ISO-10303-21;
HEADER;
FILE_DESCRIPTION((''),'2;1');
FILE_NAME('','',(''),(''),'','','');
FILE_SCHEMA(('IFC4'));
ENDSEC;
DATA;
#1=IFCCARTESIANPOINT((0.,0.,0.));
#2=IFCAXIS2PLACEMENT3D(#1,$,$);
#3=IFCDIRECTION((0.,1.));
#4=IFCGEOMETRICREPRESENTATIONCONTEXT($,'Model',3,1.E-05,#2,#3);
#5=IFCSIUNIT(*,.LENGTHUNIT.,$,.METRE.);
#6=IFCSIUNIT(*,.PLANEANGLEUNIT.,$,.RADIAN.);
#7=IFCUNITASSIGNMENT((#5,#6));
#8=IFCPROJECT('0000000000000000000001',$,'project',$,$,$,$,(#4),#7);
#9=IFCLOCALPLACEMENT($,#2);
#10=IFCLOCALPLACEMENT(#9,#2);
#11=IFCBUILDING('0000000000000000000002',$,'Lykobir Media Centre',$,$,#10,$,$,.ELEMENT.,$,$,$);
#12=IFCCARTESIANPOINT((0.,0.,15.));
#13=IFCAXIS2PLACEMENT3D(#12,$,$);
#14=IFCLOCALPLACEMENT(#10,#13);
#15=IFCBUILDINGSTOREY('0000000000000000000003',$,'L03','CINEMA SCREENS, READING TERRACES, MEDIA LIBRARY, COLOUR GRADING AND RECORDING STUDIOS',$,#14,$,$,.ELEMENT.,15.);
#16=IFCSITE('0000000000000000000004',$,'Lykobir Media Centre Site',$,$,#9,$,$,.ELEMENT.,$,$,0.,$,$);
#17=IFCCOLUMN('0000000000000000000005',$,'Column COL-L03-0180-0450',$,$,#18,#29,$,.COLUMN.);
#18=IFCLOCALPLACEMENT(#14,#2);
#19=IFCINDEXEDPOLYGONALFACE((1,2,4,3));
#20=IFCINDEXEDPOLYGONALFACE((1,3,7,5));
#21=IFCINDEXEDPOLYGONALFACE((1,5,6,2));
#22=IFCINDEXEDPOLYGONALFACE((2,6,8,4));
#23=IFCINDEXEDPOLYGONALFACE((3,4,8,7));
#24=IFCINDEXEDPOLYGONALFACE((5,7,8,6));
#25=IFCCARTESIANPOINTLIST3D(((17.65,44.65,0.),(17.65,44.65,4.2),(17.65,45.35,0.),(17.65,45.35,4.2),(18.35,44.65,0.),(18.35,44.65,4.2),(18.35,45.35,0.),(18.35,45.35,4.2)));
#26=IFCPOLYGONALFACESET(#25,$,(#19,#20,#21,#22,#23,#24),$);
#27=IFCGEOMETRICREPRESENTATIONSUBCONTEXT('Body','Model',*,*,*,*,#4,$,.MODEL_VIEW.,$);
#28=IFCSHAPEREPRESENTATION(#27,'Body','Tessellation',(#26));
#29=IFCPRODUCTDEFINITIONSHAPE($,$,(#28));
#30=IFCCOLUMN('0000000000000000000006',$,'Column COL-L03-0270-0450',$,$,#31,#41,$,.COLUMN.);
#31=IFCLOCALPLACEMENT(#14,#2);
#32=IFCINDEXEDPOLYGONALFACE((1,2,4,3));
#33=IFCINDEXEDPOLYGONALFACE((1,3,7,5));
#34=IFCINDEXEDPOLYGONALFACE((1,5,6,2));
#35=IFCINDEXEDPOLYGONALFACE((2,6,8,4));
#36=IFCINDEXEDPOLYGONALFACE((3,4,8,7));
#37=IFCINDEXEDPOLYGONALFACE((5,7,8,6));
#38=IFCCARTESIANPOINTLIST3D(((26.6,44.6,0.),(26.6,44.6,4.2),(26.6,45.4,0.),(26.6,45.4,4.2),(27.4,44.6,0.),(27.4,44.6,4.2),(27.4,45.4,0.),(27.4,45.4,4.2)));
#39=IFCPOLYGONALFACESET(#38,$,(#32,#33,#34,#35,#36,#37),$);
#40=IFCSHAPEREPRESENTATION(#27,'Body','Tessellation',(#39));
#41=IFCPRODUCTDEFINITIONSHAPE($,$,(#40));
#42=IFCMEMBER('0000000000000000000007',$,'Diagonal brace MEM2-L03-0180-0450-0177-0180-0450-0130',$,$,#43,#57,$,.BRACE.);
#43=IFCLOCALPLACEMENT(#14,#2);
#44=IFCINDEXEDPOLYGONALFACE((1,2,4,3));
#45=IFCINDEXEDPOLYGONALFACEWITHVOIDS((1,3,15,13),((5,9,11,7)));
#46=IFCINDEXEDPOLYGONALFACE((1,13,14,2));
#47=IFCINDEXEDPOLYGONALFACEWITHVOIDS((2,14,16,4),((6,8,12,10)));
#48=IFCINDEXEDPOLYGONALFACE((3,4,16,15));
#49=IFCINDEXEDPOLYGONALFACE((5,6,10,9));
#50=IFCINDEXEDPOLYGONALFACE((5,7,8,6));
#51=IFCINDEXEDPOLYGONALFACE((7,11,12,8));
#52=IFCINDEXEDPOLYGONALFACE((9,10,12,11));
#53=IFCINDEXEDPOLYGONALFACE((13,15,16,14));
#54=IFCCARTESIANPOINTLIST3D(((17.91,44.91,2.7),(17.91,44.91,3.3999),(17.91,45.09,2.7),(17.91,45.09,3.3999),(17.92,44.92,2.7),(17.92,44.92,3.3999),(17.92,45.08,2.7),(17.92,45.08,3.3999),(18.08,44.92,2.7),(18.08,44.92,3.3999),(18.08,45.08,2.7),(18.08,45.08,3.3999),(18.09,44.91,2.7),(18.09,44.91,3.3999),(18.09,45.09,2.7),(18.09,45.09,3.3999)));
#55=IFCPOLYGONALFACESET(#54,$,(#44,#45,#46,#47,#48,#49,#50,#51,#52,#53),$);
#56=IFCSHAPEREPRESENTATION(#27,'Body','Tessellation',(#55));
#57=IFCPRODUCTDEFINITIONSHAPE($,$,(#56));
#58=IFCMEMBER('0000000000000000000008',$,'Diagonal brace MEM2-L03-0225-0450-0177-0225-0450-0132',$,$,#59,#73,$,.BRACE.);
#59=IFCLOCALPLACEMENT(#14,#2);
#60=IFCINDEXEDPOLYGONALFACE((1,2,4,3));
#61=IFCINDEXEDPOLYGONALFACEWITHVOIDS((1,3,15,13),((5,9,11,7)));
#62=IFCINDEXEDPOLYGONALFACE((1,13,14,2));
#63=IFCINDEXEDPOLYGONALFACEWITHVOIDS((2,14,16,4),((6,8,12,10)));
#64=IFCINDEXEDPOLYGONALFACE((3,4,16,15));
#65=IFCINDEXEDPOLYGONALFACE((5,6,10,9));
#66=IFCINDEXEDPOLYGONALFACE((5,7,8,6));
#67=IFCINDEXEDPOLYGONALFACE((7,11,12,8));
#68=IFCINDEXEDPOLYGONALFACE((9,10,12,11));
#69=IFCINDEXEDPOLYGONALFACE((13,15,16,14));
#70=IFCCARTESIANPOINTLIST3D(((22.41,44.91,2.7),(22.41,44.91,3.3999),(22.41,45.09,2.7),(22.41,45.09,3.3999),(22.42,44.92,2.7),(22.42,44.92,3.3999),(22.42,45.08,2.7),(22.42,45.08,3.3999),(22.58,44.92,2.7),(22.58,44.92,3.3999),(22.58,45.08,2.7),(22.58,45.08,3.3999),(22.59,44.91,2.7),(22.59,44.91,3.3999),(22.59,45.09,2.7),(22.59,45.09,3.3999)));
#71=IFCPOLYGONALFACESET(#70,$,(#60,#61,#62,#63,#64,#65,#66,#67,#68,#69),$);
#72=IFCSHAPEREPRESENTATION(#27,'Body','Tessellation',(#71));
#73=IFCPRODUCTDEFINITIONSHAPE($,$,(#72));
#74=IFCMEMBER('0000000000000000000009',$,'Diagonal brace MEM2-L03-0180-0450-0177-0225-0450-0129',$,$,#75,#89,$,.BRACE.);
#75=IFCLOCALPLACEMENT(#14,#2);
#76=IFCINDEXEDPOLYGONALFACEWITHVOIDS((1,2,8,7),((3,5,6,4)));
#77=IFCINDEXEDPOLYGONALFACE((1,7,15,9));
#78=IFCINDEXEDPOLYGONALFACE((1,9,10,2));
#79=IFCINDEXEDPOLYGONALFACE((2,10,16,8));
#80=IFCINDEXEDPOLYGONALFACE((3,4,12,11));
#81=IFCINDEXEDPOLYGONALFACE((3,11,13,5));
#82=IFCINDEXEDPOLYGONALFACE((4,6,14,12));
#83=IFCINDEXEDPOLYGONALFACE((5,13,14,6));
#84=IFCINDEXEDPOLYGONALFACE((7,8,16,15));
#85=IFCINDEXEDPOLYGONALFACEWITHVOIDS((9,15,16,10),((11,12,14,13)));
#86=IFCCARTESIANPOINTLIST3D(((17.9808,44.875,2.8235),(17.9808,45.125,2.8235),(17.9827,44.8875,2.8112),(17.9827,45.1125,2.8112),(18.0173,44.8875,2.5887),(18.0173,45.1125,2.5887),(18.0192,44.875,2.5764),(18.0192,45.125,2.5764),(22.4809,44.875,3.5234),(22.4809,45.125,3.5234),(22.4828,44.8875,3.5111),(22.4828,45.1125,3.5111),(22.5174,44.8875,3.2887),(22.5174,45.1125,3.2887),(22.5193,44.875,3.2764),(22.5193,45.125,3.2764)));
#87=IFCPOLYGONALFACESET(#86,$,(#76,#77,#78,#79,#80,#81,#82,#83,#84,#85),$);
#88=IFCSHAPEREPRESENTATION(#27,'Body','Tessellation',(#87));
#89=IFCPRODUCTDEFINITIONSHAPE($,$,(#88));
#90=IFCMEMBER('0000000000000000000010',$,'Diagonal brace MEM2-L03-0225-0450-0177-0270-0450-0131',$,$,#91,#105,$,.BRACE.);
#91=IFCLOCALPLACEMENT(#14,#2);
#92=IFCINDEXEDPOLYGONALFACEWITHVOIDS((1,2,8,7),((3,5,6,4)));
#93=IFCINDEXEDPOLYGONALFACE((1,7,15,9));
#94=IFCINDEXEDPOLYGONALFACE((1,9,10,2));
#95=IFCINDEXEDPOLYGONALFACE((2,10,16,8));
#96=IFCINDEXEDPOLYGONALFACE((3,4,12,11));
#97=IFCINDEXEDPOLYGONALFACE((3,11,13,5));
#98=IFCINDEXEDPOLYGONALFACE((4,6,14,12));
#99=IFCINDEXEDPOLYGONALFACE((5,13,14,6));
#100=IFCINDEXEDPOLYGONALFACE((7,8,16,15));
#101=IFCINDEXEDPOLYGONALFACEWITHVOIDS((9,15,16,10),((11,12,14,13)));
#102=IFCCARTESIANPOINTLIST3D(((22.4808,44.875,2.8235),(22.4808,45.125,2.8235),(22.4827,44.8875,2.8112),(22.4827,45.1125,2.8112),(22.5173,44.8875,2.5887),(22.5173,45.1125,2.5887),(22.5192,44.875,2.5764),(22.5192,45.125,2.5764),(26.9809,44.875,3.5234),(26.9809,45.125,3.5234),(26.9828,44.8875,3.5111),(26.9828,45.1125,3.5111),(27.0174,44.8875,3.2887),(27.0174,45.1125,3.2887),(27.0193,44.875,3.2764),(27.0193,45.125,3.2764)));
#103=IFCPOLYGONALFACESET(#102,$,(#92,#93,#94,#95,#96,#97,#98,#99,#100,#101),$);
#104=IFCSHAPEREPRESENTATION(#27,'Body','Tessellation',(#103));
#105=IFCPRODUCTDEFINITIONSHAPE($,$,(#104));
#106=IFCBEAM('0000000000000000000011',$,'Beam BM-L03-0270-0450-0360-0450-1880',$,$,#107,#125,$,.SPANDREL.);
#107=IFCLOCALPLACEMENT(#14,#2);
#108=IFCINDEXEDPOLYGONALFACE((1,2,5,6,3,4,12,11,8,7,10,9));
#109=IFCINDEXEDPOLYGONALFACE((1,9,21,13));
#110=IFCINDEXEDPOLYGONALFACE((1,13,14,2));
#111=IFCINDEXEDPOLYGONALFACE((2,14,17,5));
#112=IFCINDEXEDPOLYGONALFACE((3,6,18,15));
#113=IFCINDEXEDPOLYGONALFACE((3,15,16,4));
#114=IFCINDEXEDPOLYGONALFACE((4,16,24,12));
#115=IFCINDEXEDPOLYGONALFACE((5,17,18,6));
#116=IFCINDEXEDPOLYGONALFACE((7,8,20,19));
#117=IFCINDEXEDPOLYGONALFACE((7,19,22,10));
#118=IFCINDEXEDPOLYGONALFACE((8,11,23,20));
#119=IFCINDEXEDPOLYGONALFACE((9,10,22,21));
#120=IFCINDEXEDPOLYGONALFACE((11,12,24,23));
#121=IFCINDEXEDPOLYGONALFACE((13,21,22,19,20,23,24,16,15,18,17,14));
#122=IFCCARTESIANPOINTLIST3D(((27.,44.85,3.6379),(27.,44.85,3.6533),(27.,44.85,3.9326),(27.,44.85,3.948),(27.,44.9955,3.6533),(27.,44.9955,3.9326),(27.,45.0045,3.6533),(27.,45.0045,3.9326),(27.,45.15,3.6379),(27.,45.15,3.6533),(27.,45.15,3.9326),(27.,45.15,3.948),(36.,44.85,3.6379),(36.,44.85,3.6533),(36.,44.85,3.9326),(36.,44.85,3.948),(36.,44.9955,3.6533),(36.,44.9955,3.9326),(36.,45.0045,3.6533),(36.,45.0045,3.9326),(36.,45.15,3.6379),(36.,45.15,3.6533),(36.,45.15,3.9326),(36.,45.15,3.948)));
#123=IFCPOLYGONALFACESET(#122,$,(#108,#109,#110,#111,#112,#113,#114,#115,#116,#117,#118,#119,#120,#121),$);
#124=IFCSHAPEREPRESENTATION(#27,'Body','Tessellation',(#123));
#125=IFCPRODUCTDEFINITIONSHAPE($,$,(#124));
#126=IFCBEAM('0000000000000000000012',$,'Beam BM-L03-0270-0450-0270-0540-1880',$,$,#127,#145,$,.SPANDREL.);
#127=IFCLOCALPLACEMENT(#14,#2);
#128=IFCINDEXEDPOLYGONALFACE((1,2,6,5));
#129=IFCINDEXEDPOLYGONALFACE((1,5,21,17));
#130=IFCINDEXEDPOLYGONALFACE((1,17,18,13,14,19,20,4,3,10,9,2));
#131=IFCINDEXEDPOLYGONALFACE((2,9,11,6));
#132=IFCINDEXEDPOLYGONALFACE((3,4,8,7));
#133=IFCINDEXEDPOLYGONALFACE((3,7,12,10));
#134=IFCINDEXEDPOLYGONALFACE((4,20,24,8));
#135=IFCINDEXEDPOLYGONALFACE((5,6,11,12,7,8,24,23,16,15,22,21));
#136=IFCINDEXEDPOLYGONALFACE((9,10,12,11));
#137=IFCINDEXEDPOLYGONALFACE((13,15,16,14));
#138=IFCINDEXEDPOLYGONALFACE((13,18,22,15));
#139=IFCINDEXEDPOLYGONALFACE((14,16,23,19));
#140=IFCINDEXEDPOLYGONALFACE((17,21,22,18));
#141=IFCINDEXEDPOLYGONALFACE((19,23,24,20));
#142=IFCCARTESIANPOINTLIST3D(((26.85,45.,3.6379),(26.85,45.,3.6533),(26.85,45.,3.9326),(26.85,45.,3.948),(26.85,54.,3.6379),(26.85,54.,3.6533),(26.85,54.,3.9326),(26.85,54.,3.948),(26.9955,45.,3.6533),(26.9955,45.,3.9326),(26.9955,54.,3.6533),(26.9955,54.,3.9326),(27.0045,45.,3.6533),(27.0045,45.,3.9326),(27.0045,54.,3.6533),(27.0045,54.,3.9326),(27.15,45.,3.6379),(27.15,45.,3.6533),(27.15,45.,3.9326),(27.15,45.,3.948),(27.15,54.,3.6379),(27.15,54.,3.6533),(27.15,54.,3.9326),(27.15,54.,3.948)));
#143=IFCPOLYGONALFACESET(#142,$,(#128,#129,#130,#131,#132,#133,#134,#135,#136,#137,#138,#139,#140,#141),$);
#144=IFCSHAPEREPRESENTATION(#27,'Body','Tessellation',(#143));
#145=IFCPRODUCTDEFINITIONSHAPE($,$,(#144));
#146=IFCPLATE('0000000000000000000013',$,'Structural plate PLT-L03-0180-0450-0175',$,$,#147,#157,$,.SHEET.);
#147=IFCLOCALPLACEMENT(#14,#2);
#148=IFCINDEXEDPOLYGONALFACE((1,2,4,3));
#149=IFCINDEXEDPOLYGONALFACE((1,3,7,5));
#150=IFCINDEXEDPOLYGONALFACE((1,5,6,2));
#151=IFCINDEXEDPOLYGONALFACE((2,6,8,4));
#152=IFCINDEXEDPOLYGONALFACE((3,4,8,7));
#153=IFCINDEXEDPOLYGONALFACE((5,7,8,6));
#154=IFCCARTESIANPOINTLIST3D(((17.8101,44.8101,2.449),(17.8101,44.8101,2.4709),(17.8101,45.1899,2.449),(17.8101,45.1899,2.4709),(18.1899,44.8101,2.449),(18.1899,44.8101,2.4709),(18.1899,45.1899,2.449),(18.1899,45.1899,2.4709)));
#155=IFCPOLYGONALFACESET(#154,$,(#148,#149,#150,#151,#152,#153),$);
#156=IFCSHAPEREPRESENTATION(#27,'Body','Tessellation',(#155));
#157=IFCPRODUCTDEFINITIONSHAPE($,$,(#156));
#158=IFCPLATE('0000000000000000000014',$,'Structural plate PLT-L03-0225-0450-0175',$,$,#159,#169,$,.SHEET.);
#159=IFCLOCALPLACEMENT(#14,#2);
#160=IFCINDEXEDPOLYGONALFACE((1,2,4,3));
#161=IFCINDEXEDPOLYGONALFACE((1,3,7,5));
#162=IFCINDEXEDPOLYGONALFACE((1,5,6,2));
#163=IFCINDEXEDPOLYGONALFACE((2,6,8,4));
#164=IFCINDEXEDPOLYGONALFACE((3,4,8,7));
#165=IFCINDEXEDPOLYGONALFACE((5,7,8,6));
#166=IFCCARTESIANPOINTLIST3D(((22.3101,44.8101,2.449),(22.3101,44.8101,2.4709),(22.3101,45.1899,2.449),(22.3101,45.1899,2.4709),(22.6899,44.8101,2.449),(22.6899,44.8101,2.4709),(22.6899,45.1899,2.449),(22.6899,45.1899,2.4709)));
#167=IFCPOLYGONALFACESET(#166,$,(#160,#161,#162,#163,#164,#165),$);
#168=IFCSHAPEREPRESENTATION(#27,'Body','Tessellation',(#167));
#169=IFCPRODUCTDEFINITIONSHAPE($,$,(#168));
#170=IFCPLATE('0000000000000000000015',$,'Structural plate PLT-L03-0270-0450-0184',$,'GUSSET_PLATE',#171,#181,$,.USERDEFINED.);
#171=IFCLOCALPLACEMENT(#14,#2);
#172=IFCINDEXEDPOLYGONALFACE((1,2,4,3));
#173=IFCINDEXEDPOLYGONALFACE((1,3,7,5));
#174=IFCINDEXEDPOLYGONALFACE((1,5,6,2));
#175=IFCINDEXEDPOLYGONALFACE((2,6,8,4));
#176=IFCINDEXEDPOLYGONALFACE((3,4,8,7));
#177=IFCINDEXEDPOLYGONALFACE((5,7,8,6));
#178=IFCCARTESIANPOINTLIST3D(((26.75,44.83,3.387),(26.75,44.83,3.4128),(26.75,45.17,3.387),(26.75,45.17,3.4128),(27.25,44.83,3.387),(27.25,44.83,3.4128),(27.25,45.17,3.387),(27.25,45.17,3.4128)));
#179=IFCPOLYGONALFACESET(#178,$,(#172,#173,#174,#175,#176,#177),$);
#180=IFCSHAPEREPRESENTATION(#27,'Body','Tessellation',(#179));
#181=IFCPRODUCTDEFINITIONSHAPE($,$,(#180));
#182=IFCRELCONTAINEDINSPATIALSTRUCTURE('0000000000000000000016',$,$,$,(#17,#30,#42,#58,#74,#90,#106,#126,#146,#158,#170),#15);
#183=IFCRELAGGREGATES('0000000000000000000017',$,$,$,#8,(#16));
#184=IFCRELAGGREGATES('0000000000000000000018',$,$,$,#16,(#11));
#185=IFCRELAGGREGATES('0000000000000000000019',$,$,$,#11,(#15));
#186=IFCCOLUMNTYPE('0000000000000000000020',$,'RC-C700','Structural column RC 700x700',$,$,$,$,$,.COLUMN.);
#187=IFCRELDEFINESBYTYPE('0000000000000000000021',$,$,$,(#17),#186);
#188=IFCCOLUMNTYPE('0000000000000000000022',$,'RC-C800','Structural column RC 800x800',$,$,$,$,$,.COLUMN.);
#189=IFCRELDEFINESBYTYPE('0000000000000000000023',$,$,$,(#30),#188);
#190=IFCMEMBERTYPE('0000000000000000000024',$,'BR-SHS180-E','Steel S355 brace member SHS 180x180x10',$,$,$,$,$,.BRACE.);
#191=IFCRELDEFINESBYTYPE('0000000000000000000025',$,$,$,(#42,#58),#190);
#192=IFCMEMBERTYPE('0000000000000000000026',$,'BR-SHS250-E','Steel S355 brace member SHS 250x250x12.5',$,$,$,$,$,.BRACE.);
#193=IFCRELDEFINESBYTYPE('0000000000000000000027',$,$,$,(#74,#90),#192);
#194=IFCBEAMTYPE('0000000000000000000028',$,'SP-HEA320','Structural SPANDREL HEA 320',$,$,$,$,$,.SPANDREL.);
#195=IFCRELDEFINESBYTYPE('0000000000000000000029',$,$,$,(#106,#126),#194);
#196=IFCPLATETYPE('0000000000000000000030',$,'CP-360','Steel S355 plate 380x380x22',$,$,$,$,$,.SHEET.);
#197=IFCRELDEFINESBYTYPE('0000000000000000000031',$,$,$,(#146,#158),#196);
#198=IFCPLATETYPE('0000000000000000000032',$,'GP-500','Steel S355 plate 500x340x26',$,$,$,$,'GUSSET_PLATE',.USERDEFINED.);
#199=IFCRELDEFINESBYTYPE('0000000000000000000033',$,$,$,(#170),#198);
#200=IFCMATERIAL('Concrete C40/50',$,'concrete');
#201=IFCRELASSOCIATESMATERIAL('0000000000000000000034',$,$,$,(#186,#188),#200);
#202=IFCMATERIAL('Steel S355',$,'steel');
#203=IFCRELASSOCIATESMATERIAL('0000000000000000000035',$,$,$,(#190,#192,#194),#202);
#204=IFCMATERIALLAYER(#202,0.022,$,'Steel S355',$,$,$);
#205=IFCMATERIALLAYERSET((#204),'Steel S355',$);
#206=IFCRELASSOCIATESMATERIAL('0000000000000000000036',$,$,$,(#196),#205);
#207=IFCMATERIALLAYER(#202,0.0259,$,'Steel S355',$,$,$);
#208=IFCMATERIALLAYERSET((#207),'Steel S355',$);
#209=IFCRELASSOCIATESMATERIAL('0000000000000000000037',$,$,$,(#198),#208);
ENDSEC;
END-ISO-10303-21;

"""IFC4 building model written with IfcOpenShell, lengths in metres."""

from ifc_helpers import new_model, si_unit, direction, frame, origin, origin_2d, place, context, subcontext, project, spatial, rectangle, hollow_rectangle, i_section, extrude, material, layer, layer_set, material_profile, profile_set, type_object, element, save


model = new_model("IFC4")

# Units and contexts
model_context = context("Model", 3, precision=1e-05, world=origin(), true_north=direction((0.0, 1.0)))
body_context = subcontext(model_context, "Body", "Model", "MODEL_VIEW")
ifc_project = project(units=[si_unit("LENGTHUNIT", "METRE"), si_unit("PLANEANGLEUNIT", "RADIAN")], contexts=[model_context])

# Site, building, storey
site_placement = place(None, origin())
site = spatial("IfcSite", under=ifc_project, at=site_placement, Name="Lykobir Media Centre Site", CompositionType="ELEMENT", RefElevation=0.0)
building_placement = place(site_placement, origin())
building = spatial("IfcBuilding", under=site, at=building_placement, Name="Lykobir Media Centre", CompositionType="ELEMENT")
storey_placement = place(building_placement, frame((0.0, 0.0, 15.0)))
storey = spatial("IfcBuildingStorey", under=building, at=storey_placement, Name="L03", Description="CINEMA SCREENS, READING TERRACES, MEDIA LIBRARY, COLOUR GRADING AND RECORDING STUDIOS", CompositionType="ELEMENT", Elevation=15.0)

# Columns
ifc_material_1 = material(Name="Concrete C40/50", Category="concrete")
ifc_material_profile_1 = material_profile(ifc_material_1, rectangle(XDim=0.7, YDim=0.7, at=origin_2d()), Name="RC 700x700")
ifc_profile_set_1 = profile_set([ifc_material_profile_1], Name="Concrete C40/50")
column_type_1 = type_object("IfcColumnType", Name="RC-C700", Description="Structural column RC 700x700", PredefinedType="COLUMN", material=ifc_profile_set_1)
column_1_placement = place(storey_placement, frame((18.0, 45.0, 0.0), z_axis=(0.0, 0.0, 1.0), x_axis=(1.0, 0.0, 0.0)))
element("IfcColumn", 1, at=column_1_placement, inside=storey, type_object=column_type_1, Name="Column COL-L03-0180-0450", PredefinedType="COLUMN", context=body_context, shape_type="SweptSolid", body=[
    extrude(rectangle(XDim=0.7, YDim=0.7, at=origin_2d()), origin(), (0.0, 0.0, 1.0), 4.2),
])
ifc_material_profile_2 = material_profile(ifc_material_1, rectangle(XDim=0.8, YDim=0.8, at=origin_2d()), Name="RC 800x800")
ifc_profile_set_2 = profile_set([ifc_material_profile_2], Name="Concrete C40/50")
column_type_2 = type_object("IfcColumnType", Name="RC-C800", Description="Structural column RC 800x800", PredefinedType="COLUMN", material=ifc_profile_set_2)
column_2_placement = place(storey_placement, frame((27.0, 45.0, 0.0), z_axis=(0.0, 0.0, 1.0), x_axis=(1.0, 0.0, 0.0)))
element("IfcColumn", 2, at=column_2_placement, inside=storey, type_object=column_type_2, Name="Column COL-L03-0270-0450", PredefinedType="COLUMN", context=body_context, shape_type="SweptSolid", body=[
    extrude(rectangle(XDim=0.8, YDim=0.8, at=origin_2d()), origin(), (0.0, 0.0, 1.0), 4.2),
])

# Members
ifc_material_2 = material(Name="Steel S355", Category="steel")
ifc_material_profile_3 = material_profile(ifc_material_2, hollow_rectangle(XDim=0.1799, YDim=0.1799, WallThickness=0.01, at=origin_2d()), Name="SHS 180x180x10")
ifc_profile_set_3 = profile_set([ifc_material_profile_3], Name="Steel S355")
member_type_1 = type_object("IfcMemberType", Name="BR-SHS180-E", Description="Steel S355 brace member SHS 180x180x10", PredefinedType="BRACE", material=ifc_profile_set_3)
for number, where, z_axis, x_axis, name in (
    (3, (18.0, 45.0, 2.7), (0.0, 0.0, 1.0), (1.0, 0.0, 0.0), "Diagonal brace MEM2-L03-0180-0450-0177-0180-0450-0130"),
    (4, (22.5, 45.0, 2.7), (0.0, 0.0, 1.0), (1.0, 0.0, 0.0), "Diagonal brace MEM2-L03-0225-0450-0177-0225-0450-0132"),
):
    element("IfcMember", number, at=place(storey_placement, frame(where, z_axis=z_axis, x_axis=x_axis)), inside=storey, type_object=member_type_1, Name=name, PredefinedType="BRACE", context=body_context, shape_type="SweptSolid", body=[
        extrude(hollow_rectangle(XDim=0.1799, YDim=0.1799, WallThickness=0.01, at=origin_2d()), origin(), (0.0, 0.0, 1.0), 0.7),
    ])
ifc_material_profile_4 = material_profile(ifc_material_2, hollow_rectangle(XDim=0.25, YDim=0.25, WallThickness=0.0125, at=origin_2d()), Name="SHS 250x250x12.5")
ifc_profile_set_4 = profile_set([ifc_material_profile_4], Name="Steel S355")
member_type_2 = type_object("IfcMemberType", Name="BR-SHS250-E", Description="Steel S355 brace member SHS 250x250x12.5", PredefinedType="BRACE", material=ifc_profile_set_4)
for number, where, z_axis, x_axis, name in (
    (5, (18.0, 45.0, 2.7), (0.988118, 0.0, 0.153697), (0.0, 1.0, 0.0), "Diagonal brace MEM2-L03-0180-0450-0177-0225-0450-0129"),
    (6, (22.5, 45.0, 2.7), (0.988118, 0.0, 0.153697), (0.0, 1.0, 0.0), "Diagonal brace MEM2-L03-0225-0450-0177-0270-0450-0131"),
):
    element("IfcMember", number, at=place(storey_placement, frame(where, z_axis=z_axis, x_axis=x_axis)), inside=storey, type_object=member_type_2, Name=name, PredefinedType="BRACE", context=body_context, shape_type="SweptSolid", body=[
        extrude(hollow_rectangle(XDim=0.25, YDim=0.25, WallThickness=0.0125, at=origin_2d()), origin(), (0.0, 0.0, 1.0), 4.5542),
    ])

# Beams
ifc_material_profile_5 = material_profile(ifc_material_2, i_section(OverallWidth=0.3, OverallDepth=0.3101, WebThickness=0.009, FlangeThickness=0.0154, at=origin_2d()), Name="HEA 320")
ifc_profile_set_5 = profile_set([ifc_material_profile_5], Name="Steel S355")
beam_type = type_object("IfcBeamType", Name="SP-HEA320", Description="Structural SPANDREL HEA 320", PredefinedType="SPANDREL", material=ifc_profile_set_5)
for number, where, z_axis, x_axis, name in (
    (7, (27.0, 45.0, 3.793), (1.0, 0.0, 0.0), (0.0, 1.0, 0.0), "Beam BM-L03-0270-0450-0360-0450-1880"),
    (8, (27.0, 45.0, 3.793), (0.0, 1.0, 0.0), (-1.0, 0.0, 0.0), "Beam BM-L03-0270-0450-0270-0540-1880"),
):
    element("IfcBeam", number, at=place(storey_placement, frame(where, z_axis=z_axis, x_axis=x_axis)), inside=storey, type_object=beam_type, Name=name, PredefinedType="SPANDREL", context=body_context, shape_type="SweptSolid", body=[
        extrude(i_section(OverallWidth=0.3, OverallDepth=0.3101, WebThickness=0.009, FlangeThickness=0.0154, at=origin_2d()), origin(), (0.0, 0.0, 1.0), 9.0),
    ])

# Plates
ifc_layer_1 = layer(ifc_material_2, 0.022, Name="Steel S355")
ifc_layer_set_1 = layer_set([ifc_layer_1], Name="Steel S355")
plate_type_1 = type_object("IfcPlateType", Name="CP-360", Description="Steel S355 plate 380x380x22", PredefinedType="SHEET", material=ifc_layer_set_1)
for number, where, z_axis, x_axis, name in (
    (9, (18.0, 45.0, 2.449), (0.0, 0.0, 1.0), (1.0, 0.0, 0.0), "Structural plate PLT-L03-0180-0450-0175"),
    (10, (22.5, 45.0, 2.449), (0.0, 0.0, 1.0), (1.0, 0.0, 0.0), "Structural plate PLT-L03-0225-0450-0175"),
):
    element("IfcPlate", number, at=place(storey_placement, frame(where, z_axis=z_axis, x_axis=x_axis)), inside=storey, type_object=plate_type_1, Name=name, PredefinedType="SHEET", context=body_context, shape_type="SweptSolid", body=[
        extrude(rectangle(XDim=0.3799, YDim=0.3799, at=origin_2d()), origin(), (0.0, 0.0, 1.0), 0.022),
    ])
ifc_layer_2 = layer(ifc_material_2, 0.0259, Name="Steel S355")
ifc_layer_set_2 = layer_set([ifc_layer_2], Name="Steel S355")
plate_type_2 = type_object("IfcPlateType", Name="GP-500", Description="Steel S355 plate 500x340x26", ElementType="GUSSET_PLATE", PredefinedType="USERDEFINED", material=ifc_layer_set_2)
plate_placement = place(storey_placement, frame((27.0, 45.0, 3.387), z_axis=(0.0, 0.0, 1.0), x_axis=(1.0, 0.0, 0.0)))
element("IfcPlate", 11, at=plate_placement, inside=storey, type_object=plate_type_2, Name="Structural plate PLT-L03-0270-0450-0184", ObjectType="GUSSET_PLATE", PredefinedType="USERDEFINED", context=body_context, shape_type="SweptSolid", body=[
    extrude(rectangle(XDim=0.5, YDim=0.3401, at=origin_2d()), origin(), (0.0, 0.0, 1.0), 0.0259),
])

save(model, "model.ifc")
